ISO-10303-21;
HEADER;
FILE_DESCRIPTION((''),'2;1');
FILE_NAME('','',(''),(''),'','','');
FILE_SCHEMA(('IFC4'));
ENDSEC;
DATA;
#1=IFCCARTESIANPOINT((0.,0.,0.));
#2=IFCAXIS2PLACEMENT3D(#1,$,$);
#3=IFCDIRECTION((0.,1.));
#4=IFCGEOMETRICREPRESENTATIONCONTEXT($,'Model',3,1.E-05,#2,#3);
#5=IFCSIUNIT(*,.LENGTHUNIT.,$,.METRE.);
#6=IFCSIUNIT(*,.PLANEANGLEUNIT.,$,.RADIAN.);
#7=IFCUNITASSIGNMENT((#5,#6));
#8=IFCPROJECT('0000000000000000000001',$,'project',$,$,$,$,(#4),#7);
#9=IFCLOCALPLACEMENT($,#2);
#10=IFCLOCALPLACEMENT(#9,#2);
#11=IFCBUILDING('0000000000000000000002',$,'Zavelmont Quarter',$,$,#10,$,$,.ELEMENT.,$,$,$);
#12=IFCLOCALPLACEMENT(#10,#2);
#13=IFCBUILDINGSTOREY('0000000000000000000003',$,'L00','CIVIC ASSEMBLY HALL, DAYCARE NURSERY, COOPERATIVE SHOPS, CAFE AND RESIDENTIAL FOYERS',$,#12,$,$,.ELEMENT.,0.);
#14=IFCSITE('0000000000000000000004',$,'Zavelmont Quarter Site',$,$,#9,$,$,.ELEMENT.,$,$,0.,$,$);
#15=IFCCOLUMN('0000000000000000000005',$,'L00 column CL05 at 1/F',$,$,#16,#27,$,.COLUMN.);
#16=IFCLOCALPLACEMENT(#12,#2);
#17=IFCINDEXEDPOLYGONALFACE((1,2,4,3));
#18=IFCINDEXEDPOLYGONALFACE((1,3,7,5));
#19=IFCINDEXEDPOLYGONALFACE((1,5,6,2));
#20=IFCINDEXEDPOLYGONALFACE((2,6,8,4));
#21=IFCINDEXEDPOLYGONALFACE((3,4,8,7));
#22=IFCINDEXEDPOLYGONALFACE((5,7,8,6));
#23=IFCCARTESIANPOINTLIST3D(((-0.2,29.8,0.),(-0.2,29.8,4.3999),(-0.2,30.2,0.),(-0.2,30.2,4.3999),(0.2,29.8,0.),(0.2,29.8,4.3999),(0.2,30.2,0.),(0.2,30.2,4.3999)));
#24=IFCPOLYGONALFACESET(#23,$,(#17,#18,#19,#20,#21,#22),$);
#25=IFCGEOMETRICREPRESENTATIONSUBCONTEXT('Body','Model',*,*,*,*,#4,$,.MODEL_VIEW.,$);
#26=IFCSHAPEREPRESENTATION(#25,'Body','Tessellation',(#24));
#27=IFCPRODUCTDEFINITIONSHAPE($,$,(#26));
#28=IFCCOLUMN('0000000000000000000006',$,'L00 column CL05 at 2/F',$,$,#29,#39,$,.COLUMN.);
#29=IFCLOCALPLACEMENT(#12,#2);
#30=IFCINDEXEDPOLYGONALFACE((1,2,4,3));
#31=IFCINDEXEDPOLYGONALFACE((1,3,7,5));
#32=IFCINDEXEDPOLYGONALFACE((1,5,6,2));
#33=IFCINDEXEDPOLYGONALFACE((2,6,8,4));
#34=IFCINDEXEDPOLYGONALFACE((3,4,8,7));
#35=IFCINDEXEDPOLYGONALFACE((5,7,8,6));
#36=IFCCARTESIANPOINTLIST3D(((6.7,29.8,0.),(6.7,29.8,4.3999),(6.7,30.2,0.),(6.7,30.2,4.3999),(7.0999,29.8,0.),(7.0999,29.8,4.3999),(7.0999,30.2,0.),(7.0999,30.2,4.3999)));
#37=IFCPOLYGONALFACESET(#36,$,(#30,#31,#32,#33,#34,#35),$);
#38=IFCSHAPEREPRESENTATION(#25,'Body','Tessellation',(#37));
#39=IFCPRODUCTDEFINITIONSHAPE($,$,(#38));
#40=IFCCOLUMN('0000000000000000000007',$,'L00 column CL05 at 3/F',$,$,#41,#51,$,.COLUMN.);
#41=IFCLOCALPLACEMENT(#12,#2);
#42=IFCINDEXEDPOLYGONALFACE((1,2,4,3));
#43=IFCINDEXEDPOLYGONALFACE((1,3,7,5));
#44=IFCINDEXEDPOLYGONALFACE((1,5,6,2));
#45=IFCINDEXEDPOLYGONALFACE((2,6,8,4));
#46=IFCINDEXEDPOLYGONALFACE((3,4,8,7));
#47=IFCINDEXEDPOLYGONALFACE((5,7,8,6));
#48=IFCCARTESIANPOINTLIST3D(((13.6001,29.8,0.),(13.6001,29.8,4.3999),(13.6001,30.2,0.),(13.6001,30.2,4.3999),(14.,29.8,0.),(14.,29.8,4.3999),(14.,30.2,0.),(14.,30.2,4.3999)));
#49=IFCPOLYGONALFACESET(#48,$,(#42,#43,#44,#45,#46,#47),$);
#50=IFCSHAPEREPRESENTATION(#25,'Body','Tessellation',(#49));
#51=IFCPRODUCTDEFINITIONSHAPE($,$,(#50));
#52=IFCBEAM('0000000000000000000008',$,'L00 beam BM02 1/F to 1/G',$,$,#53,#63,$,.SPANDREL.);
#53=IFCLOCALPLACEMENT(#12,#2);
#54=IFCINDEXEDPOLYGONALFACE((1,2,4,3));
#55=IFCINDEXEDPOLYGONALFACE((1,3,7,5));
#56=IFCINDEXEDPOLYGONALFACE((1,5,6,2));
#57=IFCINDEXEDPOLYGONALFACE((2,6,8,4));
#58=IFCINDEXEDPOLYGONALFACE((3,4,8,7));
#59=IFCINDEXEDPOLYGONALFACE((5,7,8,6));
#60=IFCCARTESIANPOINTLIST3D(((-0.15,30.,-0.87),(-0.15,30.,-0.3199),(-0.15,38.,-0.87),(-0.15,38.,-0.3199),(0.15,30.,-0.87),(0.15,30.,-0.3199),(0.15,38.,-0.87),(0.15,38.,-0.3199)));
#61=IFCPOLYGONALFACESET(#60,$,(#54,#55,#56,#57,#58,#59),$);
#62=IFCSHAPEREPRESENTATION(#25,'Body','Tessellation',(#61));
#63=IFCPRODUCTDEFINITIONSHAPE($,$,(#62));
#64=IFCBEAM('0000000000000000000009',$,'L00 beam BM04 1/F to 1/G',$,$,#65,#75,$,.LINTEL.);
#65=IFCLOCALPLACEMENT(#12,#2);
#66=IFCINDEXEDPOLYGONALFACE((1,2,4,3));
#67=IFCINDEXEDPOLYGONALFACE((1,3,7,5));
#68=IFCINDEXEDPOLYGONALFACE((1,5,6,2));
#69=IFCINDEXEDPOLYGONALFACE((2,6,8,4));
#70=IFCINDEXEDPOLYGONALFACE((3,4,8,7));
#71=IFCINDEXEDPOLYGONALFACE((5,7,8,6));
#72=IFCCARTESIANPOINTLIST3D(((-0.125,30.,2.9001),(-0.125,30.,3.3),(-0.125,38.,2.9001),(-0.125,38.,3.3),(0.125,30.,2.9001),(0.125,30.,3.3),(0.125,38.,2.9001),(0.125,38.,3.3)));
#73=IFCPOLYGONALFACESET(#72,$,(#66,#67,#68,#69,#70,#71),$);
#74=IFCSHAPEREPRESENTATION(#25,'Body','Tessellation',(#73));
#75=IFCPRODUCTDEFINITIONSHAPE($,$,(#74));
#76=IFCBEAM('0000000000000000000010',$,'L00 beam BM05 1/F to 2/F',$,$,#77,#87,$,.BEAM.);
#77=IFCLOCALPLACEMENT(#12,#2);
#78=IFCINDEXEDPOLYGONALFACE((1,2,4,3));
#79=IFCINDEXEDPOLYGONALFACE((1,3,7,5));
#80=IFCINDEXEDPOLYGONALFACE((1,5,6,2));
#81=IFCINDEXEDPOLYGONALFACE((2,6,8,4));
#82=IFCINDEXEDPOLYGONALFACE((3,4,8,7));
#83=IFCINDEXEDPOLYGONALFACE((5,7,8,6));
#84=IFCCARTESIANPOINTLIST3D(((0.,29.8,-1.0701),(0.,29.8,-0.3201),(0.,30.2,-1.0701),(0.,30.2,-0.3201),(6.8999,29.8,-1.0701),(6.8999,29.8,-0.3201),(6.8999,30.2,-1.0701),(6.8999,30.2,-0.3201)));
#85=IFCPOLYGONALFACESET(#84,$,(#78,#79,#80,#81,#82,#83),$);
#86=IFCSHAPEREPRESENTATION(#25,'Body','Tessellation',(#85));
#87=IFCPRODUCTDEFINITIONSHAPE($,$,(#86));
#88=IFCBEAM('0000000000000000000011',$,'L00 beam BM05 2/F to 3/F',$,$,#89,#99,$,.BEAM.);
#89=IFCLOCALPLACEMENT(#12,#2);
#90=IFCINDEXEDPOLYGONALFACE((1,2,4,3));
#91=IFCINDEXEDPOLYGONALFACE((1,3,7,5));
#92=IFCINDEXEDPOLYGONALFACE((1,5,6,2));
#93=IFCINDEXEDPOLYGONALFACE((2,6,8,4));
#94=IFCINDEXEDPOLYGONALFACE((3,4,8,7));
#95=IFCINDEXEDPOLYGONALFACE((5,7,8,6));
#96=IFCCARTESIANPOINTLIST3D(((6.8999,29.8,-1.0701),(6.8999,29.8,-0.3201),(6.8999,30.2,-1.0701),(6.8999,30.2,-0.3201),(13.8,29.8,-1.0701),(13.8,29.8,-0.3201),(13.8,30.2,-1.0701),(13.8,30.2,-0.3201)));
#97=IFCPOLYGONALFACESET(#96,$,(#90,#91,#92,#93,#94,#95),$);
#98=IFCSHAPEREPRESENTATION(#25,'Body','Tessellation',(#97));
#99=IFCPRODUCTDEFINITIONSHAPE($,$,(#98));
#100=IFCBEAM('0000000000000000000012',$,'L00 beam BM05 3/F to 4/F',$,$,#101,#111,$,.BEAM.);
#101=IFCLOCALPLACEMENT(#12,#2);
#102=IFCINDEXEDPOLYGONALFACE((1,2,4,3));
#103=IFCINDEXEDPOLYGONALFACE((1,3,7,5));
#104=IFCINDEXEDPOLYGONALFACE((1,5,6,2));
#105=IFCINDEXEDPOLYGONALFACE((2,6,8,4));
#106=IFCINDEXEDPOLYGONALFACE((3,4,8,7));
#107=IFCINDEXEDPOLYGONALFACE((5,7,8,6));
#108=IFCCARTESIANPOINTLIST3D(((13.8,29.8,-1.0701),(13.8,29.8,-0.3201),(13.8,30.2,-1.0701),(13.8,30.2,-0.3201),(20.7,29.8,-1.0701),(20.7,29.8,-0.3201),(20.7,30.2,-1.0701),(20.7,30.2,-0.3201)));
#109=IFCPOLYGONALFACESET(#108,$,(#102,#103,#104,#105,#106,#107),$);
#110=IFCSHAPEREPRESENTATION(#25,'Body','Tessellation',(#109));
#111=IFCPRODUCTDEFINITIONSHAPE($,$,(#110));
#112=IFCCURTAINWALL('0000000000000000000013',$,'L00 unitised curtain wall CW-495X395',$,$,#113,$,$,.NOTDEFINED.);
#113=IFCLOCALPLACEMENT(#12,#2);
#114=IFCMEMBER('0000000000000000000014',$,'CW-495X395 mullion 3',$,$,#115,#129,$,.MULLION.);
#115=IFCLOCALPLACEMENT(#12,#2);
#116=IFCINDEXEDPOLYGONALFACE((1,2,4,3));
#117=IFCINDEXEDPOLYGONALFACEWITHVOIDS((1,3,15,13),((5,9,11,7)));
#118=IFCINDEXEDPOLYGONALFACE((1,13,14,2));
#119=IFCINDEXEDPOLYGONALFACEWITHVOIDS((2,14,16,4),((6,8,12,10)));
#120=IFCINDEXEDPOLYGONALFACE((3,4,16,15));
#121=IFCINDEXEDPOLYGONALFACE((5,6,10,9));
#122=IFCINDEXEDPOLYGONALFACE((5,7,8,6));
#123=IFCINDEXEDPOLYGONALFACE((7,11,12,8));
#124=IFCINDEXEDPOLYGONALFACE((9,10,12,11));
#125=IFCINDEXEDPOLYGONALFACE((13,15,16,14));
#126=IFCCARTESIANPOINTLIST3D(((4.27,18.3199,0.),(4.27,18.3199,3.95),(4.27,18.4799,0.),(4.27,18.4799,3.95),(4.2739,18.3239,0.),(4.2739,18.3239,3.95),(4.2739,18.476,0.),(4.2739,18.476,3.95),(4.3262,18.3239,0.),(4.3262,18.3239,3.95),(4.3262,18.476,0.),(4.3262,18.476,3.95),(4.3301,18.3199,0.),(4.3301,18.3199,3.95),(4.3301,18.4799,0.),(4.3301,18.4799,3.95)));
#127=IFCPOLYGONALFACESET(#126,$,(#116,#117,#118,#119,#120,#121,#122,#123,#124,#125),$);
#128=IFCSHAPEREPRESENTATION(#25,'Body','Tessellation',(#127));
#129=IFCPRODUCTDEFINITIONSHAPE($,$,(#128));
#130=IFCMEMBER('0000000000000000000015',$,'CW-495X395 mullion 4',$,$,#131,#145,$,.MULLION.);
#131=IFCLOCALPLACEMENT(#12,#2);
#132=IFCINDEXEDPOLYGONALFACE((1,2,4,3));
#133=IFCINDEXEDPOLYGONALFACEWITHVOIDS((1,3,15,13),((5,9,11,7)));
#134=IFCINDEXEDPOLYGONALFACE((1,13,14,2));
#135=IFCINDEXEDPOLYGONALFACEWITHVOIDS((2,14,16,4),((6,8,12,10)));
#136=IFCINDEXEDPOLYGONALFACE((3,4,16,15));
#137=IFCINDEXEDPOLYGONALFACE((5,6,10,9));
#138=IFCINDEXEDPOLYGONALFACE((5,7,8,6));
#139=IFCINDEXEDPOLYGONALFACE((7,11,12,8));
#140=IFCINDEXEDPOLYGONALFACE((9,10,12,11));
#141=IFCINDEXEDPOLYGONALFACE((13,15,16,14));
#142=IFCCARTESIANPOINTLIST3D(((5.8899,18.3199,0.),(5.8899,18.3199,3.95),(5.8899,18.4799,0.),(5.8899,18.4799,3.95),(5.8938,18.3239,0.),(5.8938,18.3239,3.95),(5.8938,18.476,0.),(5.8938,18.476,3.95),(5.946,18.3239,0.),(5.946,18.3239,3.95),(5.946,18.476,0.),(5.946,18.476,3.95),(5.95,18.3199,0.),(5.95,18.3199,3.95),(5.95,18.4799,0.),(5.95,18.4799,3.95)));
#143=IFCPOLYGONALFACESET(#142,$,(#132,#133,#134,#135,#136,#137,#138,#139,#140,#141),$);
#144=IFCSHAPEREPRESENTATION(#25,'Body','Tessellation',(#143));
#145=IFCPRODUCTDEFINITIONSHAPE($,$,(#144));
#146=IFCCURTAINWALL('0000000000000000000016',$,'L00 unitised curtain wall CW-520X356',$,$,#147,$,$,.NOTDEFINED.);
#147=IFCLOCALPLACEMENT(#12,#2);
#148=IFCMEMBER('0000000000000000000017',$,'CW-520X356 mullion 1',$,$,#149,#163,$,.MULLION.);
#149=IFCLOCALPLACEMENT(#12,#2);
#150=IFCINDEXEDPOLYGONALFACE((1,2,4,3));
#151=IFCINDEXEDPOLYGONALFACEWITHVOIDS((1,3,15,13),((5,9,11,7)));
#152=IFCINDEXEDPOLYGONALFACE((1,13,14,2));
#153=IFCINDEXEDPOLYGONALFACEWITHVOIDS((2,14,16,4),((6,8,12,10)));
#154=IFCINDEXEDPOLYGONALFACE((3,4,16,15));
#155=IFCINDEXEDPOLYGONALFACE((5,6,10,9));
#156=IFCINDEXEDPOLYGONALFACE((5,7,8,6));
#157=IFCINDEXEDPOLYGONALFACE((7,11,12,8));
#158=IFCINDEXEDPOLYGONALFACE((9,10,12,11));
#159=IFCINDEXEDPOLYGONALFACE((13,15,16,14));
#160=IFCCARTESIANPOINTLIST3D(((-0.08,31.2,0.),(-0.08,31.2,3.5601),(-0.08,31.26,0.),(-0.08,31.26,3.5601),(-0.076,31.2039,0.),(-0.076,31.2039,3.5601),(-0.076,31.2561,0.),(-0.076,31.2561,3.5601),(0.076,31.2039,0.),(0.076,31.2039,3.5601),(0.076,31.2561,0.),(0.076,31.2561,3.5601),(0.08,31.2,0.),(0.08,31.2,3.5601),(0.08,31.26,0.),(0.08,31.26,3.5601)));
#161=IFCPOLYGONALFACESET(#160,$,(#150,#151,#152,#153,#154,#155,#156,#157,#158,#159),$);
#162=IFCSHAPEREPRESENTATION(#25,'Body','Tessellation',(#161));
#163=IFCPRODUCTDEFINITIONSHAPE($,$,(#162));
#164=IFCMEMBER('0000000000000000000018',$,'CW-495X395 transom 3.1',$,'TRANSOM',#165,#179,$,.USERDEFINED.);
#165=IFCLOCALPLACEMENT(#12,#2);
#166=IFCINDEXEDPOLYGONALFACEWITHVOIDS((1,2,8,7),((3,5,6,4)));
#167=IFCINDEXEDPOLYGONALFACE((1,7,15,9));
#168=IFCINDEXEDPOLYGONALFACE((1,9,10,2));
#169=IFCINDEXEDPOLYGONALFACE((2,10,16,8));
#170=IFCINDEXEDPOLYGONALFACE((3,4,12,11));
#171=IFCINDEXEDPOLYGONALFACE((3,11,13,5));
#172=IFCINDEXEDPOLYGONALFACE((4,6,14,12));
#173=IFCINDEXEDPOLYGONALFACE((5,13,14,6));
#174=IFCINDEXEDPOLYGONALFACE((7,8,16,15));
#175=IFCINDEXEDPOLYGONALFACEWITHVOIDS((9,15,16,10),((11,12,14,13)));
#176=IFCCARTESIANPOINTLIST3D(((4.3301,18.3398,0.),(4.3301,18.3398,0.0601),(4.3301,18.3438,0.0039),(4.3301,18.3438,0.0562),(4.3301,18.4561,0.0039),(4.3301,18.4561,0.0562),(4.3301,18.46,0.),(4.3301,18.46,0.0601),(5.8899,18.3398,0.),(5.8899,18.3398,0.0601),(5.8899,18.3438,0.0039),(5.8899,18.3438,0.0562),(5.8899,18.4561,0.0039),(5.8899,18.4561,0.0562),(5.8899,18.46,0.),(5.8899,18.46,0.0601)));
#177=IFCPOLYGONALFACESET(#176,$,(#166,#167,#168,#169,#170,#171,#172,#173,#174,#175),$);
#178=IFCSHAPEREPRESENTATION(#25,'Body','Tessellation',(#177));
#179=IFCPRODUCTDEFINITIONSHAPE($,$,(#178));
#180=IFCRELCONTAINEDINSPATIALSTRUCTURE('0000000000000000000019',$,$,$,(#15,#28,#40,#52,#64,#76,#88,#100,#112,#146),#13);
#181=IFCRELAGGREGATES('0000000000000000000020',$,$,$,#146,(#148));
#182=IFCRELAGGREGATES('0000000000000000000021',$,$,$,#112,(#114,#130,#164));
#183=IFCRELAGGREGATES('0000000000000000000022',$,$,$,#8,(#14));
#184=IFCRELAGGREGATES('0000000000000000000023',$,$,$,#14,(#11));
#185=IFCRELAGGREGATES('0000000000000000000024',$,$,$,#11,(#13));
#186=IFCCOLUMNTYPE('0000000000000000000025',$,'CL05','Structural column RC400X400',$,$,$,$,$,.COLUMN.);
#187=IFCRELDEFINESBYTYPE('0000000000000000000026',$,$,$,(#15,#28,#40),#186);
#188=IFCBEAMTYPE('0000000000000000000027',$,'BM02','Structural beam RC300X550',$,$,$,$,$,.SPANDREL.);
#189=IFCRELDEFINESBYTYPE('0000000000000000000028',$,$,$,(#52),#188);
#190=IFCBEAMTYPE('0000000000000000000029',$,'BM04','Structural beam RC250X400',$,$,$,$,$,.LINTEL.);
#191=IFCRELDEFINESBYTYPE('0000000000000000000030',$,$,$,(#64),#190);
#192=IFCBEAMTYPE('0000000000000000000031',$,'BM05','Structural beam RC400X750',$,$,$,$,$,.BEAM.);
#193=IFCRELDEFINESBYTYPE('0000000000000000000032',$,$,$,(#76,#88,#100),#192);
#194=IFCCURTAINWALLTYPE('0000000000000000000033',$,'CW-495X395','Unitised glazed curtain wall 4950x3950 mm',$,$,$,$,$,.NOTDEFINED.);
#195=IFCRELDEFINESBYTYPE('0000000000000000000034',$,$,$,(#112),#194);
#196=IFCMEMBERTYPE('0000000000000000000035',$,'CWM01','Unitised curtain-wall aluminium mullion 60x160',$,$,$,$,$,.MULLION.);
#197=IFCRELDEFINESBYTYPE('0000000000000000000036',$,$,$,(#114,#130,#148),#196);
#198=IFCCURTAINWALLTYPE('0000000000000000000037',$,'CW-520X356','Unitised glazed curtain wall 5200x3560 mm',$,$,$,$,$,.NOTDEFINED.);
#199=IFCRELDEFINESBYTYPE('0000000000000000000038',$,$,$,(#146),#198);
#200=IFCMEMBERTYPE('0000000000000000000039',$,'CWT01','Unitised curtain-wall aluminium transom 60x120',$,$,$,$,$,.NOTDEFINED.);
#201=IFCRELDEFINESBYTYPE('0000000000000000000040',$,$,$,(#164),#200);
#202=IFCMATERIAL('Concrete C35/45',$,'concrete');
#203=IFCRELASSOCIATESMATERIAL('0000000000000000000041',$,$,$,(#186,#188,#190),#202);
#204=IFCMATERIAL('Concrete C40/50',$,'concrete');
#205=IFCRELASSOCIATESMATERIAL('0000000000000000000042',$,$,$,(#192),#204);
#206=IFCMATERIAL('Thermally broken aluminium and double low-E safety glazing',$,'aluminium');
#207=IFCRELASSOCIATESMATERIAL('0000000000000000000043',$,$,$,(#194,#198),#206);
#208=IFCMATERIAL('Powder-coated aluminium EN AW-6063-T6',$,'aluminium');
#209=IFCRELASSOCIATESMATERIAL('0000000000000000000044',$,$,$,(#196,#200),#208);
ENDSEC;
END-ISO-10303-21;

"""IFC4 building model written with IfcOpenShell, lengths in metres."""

from ifc_helpers import new_model, si_unit, direction, frame, origin, origin_2d, place, context, subcontext, project, spatial, rectangle, hollow_rectangle, extrude, material, material_profile, profile_set, type_object, element, aggregate, save


model = new_model("IFC4")

# Units and contexts
model_context = context("Model", 3, precision=1e-05, world=origin(), true_north=direction((0.0, 1.0)))
body_context = subcontext(model_context, "Body", "Model", "MODEL_VIEW")
ifc_project = project(units=[si_unit("LENGTHUNIT", "METRE"), si_unit("PLANEANGLEUNIT", "RADIAN")], contexts=[model_context])

# Site, building, storey
site_placement = place(None, origin())
site = spatial("IfcSite", under=ifc_project, at=site_placement, Name="Zavelmont Quarter Site", CompositionType="ELEMENT", RefElevation=0.0)
building_placement = place(site_placement, origin())
building = spatial("IfcBuilding", under=site, at=building_placement, Name="Zavelmont Quarter", CompositionType="ELEMENT")
storey_placement = place(building_placement, origin())
storey = spatial("IfcBuildingStorey", under=building, at=storey_placement, Name="L00", Description="CIVIC ASSEMBLY HALL, DAYCARE NURSERY, COOPERATIVE SHOPS, CAFE AND RESIDENTIAL FOYERS", CompositionType="ELEMENT", Elevation=0.0)

# Columns
ifc_material_1 = material(Name="Concrete C35/45", Category="concrete")
ifc_material_profile_1 = material_profile(ifc_material_1, rectangle(XDim=0.3999, YDim=0.3999, at=origin_2d()), Name="RC400X400")
ifc_profile_set_1 = profile_set([ifc_material_profile_1], Name="Concrete C35/45")
column_type = type_object("IfcColumnType", Name="CL05", Description="Structural column RC400X400", PredefinedType="COLUMN", material=ifc_profile_set_1)
for number, where, z_axis, x_axis, name in (
    (1, (0.0, 30.0, 0.0), (0.0, 0.0, 1.0), (1.0, 0.0, 0.0), "L00 column CL05 at 1/F"),
    (2, (6.8999, 30.0, 0.0), (0.0, 0.0, 1.0), (1.0, 0.0, 0.0), "L00 column CL05 at 2/F"),
    (3, (13.8, 30.0, 0.0), (0.0, 0.0, 1.0), (1.0, 0.0, 0.0), "L00 column CL05 at 3/F"),
):
    element("IfcColumn", number, at=place(storey_placement, frame(where, z_axis=z_axis, x_axis=x_axis)), inside=storey, type_object=column_type, Name=name, PredefinedType="COLUMN", context=body_context, shape_type="SweptSolid", body=[
        extrude(rectangle(XDim=0.3999, YDim=0.3999, at=origin_2d()), origin(), (0.0, 0.0, 1.0), 4.3999),
    ])

# Beams
ifc_material_profile_2 = material_profile(ifc_material_1, rectangle(XDim=0.3, YDim=0.55, at=origin_2d()), Name="RC300X550")
ifc_profile_set_2 = profile_set([ifc_material_profile_2], Name="Concrete C35/45")
beam_type_1 = type_object("IfcBeamType", Name="BM02", Description="Structural beam RC300X550", PredefinedType="SPANDREL", material=ifc_profile_set_2)
beam_1_placement = place(storey_placement, frame((0.0, 30.0, -0.595), z_axis=(0.0, 1.0, 0.0), x_axis=(-1.0, 0.0, 0.0)))
element("IfcBeam", 4, at=beam_1_placement, inside=storey, type_object=beam_type_1, Name="L00 beam BM02 1/F to 1/G", PredefinedType="SPANDREL", context=body_context, shape_type="SweptSolid", body=[
    extrude(rectangle(XDim=0.3, YDim=0.55, at=origin_2d()), origin(), (0.0, 0.0, 1.0), 8.0),
])
ifc_material_profile_3 = material_profile(ifc_material_1, rectangle(XDim=0.25, YDim=0.3999, at=origin_2d()), Name="RC250X400")
ifc_profile_set_3 = profile_set([ifc_material_profile_3], Name="Concrete C35/45")
beam_type_2 = type_object("IfcBeamType", Name="BM04", Description="Structural beam RC250X400", PredefinedType="LINTEL", material=ifc_profile_set_3)
beam_2_placement = place(storey_placement, frame((0.0, 30.0, 3.1001), z_axis=(0.0, 1.0, 0.0), x_axis=(-1.0, 0.0, 0.0)))
element("IfcBeam", 5, at=beam_2_placement, inside=storey, type_object=beam_type_2, Name="L00 beam BM04 1/F to 1/G", PredefinedType="LINTEL", context=body_context, shape_type="SweptSolid", body=[
    extrude(rectangle(XDim=0.25, YDim=0.3999, at=origin_2d()), origin(), (0.0, 0.0, 1.0), 8.0),
])
ifc_material_2 = material(Name="Concrete C40/50", Category="concrete")
ifc_material_profile_4 = material_profile(ifc_material_2, rectangle(XDim=0.3999, YDim=0.75, at=origin_2d()), Name="RC400X750")
ifc_profile_set_4 = profile_set([ifc_material_profile_4], Name="Concrete C40/50")
beam_type_3 = type_object("IfcBeamType", Name="BM05", Description="Structural beam RC400X750", PredefinedType="BEAM", material=ifc_profile_set_4)
beam_3_placement = place(storey_placement, frame((0.0, 30.0, -0.6951), z_axis=(1.0, 0.0, 0.0), x_axis=(0.0, 1.0, 0.0)))
element("IfcBeam", 6, at=beam_3_placement, inside=storey, type_object=beam_type_3, Name="L00 beam BM05 1/F to 2/F", PredefinedType="BEAM", context=body_context, shape_type="SweptSolid", body=[
    extrude(rectangle(XDim=0.3999, YDim=0.75, at=origin_2d()), origin(), (0.0, 0.0, 1.0), 6.8999),
])
beam_4_placement = place(storey_placement, frame((6.8999, 30.0, -0.6951), z_axis=(1.0, 0.0, 0.0), x_axis=(0.0, 1.0, 0.0)))
element("IfcBeam", 7, at=beam_4_placement, inside=storey, type_object=beam_type_3, Name="L00 beam BM05 2/F to 3/F", PredefinedType="BEAM", context=body_context, shape_type="SweptSolid", body=[
    extrude(rectangle(XDim=0.3999, YDim=0.75, at=origin_2d()), origin(), (0.0, 0.0, 1.0), 6.9001),
])
beam_5_placement = place(storey_placement, frame((13.8, 30.0, -0.6951), z_axis=(1.0, 0.0, 0.0), x_axis=(0.0, 1.0, 0.0)))
element("IfcBeam", 8, at=beam_5_placement, inside=storey, type_object=beam_type_3, Name="L00 beam BM05 3/F to 4/F", PredefinedType="BEAM", context=body_context, shape_type="SweptSolid", body=[
    extrude(rectangle(XDim=0.3999, YDim=0.75, at=origin_2d()), origin(), (0.0, 0.0, 1.0), 6.8999),
])

# Curtain wall, members
ifc_material_3 = material(Name="Thermally broken aluminium and double low-E safety glazing", Category="aluminium")
curtain_wall_type_1 = type_object("IfcCurtainWallType", Name="CW-495X395", Description="Unitised glazed curtain wall 4950x3950 mm", PredefinedType="NOTDEFINED", material=ifc_material_3)
curtain_wall_1_placement = place(storey_placement, origin())
curtain_wall_1 = element("IfcCurtainWall", 9, at=curtain_wall_1_placement, inside=storey, type_object=curtain_wall_type_1, Name="L00 unitised curtain wall CW-495X395", PredefinedType="NOTDEFINED")
ifc_material_4 = material(Name="Powder-coated aluminium EN AW-6063-T6", Category="aluminium")
ifc_material_profile_5 = material_profile(ifc_material_4, hollow_rectangle(XDim=0.0601, YDim=0.1599, WallThickness=0.0039, at=origin_2d()), Name="CWM60X160")
ifc_profile_set_5 = profile_set([ifc_material_profile_5], Name="Powder-coated aluminium EN AW-6063-T6")
member_type_1 = type_object("IfcMemberType", Name="CWM01", Description="Unitised curtain-wall aluminium mullion 60x160", PredefinedType="MULLION", material=ifc_profile_set_5)
member_1_placement = place(storey_placement, frame((4.3, 18.3999, 0.0), z_axis=(0.0, 0.0, 1.0), x_axis=(1.0, 0.0, 0.0)))
member_1 = element("IfcMember", 10, at=member_1_placement, type_object=member_type_1, Name="CW-495X395 mullion 3", PredefinedType="MULLION", context=body_context, shape_type="SweptSolid", body=[
    extrude(hollow_rectangle(XDim=0.0601, YDim=0.1599, WallThickness=0.0039, at=origin_2d()), origin(), (0.0, 0.0, 1.0), 3.95),
])
member_2_placement = place(storey_placement, frame((5.9199, 18.3999, 0.0), z_axis=(0.0, 0.0, 1.0), x_axis=(1.0, 0.0, 0.0)))
member_2 = element("IfcMember", 11, at=member_2_placement, type_object=member_type_1, Name="CW-495X395 mullion 4", PredefinedType="MULLION", context=body_context, shape_type="SweptSolid", body=[
    extrude(hollow_rectangle(XDim=0.0601, YDim=0.1599, WallThickness=0.0039, at=origin_2d()), origin(), (0.0, 0.0, 1.0), 3.95),
])

# Curtain wall, member
curtain_wall_type_2 = type_object("IfcCurtainWallType", Name="CW-520X356", Description="Unitised glazed curtain wall 5200x3560 mm", PredefinedType="NOTDEFINED", material=ifc_material_3)
curtain_wall_2_placement = place(storey_placement, origin())
curtain_wall_2 = element("IfcCurtainWall", 12, at=curtain_wall_2_placement, inside=storey, type_object=curtain_wall_type_2, Name="L00 unitised curtain wall CW-520X356", PredefinedType="NOTDEFINED")
member_3_placement = place(storey_placement, frame((0.0, 31.23, 0.0), z_axis=(0.0, 0.0, 1.0), x_axis=(0.0, 1.0, 0.0)))
member_3 = element("IfcMember", 13, at=member_3_placement, type_object=member_type_1, Name="CW-520X356 mullion 1", PredefinedType="MULLION", context=body_context, shape_type="SweptSolid", body=[
    extrude(hollow_rectangle(XDim=0.0601, YDim=0.1599, WallThickness=0.0039, at=origin_2d()), origin(), (0.0, 0.0, 1.0), 3.5601),
])

# Member
ifc_material_profile_6 = material_profile(ifc_material_4, hollow_rectangle(XDim=0.1201, YDim=0.0601, WallThickness=0.0039, at=origin_2d()), Name="CWT60X120")
ifc_profile_set_6 = profile_set([ifc_material_profile_6], Name="Powder-coated aluminium EN AW-6063-T6")
member_type_2 = type_object("IfcMemberType", Name="CWT01", Description="Unitised curtain-wall aluminium transom 60x120", PredefinedType="NOTDEFINED", material=ifc_profile_set_6)
member_4_placement = place(storey_placement, frame((4.3301, 18.3999, 0.03), z_axis=(1.0, 0.0, 0.0), x_axis=(0.0, 1.0, 0.0)))
member_4 = element("IfcMember", 14, at=member_4_placement, type_object=member_type_2, Name="CW-495X395 transom 3.1", ObjectType="TRANSOM", PredefinedType="USERDEFINED", context=body_context, shape_type="SweptSolid", body=[
    extrude(hollow_rectangle(XDim=0.1201, YDim=0.0601, WallThickness=0.0039, at=origin_2d()), origin(), (0.0, 0.0, 1.0), 1.5598),
])
aggregate(curtain_wall_2, [member_3])

aggregate(curtain_wall_1, [member_1, member_2, member_4])

save(model, "model.ifc")
